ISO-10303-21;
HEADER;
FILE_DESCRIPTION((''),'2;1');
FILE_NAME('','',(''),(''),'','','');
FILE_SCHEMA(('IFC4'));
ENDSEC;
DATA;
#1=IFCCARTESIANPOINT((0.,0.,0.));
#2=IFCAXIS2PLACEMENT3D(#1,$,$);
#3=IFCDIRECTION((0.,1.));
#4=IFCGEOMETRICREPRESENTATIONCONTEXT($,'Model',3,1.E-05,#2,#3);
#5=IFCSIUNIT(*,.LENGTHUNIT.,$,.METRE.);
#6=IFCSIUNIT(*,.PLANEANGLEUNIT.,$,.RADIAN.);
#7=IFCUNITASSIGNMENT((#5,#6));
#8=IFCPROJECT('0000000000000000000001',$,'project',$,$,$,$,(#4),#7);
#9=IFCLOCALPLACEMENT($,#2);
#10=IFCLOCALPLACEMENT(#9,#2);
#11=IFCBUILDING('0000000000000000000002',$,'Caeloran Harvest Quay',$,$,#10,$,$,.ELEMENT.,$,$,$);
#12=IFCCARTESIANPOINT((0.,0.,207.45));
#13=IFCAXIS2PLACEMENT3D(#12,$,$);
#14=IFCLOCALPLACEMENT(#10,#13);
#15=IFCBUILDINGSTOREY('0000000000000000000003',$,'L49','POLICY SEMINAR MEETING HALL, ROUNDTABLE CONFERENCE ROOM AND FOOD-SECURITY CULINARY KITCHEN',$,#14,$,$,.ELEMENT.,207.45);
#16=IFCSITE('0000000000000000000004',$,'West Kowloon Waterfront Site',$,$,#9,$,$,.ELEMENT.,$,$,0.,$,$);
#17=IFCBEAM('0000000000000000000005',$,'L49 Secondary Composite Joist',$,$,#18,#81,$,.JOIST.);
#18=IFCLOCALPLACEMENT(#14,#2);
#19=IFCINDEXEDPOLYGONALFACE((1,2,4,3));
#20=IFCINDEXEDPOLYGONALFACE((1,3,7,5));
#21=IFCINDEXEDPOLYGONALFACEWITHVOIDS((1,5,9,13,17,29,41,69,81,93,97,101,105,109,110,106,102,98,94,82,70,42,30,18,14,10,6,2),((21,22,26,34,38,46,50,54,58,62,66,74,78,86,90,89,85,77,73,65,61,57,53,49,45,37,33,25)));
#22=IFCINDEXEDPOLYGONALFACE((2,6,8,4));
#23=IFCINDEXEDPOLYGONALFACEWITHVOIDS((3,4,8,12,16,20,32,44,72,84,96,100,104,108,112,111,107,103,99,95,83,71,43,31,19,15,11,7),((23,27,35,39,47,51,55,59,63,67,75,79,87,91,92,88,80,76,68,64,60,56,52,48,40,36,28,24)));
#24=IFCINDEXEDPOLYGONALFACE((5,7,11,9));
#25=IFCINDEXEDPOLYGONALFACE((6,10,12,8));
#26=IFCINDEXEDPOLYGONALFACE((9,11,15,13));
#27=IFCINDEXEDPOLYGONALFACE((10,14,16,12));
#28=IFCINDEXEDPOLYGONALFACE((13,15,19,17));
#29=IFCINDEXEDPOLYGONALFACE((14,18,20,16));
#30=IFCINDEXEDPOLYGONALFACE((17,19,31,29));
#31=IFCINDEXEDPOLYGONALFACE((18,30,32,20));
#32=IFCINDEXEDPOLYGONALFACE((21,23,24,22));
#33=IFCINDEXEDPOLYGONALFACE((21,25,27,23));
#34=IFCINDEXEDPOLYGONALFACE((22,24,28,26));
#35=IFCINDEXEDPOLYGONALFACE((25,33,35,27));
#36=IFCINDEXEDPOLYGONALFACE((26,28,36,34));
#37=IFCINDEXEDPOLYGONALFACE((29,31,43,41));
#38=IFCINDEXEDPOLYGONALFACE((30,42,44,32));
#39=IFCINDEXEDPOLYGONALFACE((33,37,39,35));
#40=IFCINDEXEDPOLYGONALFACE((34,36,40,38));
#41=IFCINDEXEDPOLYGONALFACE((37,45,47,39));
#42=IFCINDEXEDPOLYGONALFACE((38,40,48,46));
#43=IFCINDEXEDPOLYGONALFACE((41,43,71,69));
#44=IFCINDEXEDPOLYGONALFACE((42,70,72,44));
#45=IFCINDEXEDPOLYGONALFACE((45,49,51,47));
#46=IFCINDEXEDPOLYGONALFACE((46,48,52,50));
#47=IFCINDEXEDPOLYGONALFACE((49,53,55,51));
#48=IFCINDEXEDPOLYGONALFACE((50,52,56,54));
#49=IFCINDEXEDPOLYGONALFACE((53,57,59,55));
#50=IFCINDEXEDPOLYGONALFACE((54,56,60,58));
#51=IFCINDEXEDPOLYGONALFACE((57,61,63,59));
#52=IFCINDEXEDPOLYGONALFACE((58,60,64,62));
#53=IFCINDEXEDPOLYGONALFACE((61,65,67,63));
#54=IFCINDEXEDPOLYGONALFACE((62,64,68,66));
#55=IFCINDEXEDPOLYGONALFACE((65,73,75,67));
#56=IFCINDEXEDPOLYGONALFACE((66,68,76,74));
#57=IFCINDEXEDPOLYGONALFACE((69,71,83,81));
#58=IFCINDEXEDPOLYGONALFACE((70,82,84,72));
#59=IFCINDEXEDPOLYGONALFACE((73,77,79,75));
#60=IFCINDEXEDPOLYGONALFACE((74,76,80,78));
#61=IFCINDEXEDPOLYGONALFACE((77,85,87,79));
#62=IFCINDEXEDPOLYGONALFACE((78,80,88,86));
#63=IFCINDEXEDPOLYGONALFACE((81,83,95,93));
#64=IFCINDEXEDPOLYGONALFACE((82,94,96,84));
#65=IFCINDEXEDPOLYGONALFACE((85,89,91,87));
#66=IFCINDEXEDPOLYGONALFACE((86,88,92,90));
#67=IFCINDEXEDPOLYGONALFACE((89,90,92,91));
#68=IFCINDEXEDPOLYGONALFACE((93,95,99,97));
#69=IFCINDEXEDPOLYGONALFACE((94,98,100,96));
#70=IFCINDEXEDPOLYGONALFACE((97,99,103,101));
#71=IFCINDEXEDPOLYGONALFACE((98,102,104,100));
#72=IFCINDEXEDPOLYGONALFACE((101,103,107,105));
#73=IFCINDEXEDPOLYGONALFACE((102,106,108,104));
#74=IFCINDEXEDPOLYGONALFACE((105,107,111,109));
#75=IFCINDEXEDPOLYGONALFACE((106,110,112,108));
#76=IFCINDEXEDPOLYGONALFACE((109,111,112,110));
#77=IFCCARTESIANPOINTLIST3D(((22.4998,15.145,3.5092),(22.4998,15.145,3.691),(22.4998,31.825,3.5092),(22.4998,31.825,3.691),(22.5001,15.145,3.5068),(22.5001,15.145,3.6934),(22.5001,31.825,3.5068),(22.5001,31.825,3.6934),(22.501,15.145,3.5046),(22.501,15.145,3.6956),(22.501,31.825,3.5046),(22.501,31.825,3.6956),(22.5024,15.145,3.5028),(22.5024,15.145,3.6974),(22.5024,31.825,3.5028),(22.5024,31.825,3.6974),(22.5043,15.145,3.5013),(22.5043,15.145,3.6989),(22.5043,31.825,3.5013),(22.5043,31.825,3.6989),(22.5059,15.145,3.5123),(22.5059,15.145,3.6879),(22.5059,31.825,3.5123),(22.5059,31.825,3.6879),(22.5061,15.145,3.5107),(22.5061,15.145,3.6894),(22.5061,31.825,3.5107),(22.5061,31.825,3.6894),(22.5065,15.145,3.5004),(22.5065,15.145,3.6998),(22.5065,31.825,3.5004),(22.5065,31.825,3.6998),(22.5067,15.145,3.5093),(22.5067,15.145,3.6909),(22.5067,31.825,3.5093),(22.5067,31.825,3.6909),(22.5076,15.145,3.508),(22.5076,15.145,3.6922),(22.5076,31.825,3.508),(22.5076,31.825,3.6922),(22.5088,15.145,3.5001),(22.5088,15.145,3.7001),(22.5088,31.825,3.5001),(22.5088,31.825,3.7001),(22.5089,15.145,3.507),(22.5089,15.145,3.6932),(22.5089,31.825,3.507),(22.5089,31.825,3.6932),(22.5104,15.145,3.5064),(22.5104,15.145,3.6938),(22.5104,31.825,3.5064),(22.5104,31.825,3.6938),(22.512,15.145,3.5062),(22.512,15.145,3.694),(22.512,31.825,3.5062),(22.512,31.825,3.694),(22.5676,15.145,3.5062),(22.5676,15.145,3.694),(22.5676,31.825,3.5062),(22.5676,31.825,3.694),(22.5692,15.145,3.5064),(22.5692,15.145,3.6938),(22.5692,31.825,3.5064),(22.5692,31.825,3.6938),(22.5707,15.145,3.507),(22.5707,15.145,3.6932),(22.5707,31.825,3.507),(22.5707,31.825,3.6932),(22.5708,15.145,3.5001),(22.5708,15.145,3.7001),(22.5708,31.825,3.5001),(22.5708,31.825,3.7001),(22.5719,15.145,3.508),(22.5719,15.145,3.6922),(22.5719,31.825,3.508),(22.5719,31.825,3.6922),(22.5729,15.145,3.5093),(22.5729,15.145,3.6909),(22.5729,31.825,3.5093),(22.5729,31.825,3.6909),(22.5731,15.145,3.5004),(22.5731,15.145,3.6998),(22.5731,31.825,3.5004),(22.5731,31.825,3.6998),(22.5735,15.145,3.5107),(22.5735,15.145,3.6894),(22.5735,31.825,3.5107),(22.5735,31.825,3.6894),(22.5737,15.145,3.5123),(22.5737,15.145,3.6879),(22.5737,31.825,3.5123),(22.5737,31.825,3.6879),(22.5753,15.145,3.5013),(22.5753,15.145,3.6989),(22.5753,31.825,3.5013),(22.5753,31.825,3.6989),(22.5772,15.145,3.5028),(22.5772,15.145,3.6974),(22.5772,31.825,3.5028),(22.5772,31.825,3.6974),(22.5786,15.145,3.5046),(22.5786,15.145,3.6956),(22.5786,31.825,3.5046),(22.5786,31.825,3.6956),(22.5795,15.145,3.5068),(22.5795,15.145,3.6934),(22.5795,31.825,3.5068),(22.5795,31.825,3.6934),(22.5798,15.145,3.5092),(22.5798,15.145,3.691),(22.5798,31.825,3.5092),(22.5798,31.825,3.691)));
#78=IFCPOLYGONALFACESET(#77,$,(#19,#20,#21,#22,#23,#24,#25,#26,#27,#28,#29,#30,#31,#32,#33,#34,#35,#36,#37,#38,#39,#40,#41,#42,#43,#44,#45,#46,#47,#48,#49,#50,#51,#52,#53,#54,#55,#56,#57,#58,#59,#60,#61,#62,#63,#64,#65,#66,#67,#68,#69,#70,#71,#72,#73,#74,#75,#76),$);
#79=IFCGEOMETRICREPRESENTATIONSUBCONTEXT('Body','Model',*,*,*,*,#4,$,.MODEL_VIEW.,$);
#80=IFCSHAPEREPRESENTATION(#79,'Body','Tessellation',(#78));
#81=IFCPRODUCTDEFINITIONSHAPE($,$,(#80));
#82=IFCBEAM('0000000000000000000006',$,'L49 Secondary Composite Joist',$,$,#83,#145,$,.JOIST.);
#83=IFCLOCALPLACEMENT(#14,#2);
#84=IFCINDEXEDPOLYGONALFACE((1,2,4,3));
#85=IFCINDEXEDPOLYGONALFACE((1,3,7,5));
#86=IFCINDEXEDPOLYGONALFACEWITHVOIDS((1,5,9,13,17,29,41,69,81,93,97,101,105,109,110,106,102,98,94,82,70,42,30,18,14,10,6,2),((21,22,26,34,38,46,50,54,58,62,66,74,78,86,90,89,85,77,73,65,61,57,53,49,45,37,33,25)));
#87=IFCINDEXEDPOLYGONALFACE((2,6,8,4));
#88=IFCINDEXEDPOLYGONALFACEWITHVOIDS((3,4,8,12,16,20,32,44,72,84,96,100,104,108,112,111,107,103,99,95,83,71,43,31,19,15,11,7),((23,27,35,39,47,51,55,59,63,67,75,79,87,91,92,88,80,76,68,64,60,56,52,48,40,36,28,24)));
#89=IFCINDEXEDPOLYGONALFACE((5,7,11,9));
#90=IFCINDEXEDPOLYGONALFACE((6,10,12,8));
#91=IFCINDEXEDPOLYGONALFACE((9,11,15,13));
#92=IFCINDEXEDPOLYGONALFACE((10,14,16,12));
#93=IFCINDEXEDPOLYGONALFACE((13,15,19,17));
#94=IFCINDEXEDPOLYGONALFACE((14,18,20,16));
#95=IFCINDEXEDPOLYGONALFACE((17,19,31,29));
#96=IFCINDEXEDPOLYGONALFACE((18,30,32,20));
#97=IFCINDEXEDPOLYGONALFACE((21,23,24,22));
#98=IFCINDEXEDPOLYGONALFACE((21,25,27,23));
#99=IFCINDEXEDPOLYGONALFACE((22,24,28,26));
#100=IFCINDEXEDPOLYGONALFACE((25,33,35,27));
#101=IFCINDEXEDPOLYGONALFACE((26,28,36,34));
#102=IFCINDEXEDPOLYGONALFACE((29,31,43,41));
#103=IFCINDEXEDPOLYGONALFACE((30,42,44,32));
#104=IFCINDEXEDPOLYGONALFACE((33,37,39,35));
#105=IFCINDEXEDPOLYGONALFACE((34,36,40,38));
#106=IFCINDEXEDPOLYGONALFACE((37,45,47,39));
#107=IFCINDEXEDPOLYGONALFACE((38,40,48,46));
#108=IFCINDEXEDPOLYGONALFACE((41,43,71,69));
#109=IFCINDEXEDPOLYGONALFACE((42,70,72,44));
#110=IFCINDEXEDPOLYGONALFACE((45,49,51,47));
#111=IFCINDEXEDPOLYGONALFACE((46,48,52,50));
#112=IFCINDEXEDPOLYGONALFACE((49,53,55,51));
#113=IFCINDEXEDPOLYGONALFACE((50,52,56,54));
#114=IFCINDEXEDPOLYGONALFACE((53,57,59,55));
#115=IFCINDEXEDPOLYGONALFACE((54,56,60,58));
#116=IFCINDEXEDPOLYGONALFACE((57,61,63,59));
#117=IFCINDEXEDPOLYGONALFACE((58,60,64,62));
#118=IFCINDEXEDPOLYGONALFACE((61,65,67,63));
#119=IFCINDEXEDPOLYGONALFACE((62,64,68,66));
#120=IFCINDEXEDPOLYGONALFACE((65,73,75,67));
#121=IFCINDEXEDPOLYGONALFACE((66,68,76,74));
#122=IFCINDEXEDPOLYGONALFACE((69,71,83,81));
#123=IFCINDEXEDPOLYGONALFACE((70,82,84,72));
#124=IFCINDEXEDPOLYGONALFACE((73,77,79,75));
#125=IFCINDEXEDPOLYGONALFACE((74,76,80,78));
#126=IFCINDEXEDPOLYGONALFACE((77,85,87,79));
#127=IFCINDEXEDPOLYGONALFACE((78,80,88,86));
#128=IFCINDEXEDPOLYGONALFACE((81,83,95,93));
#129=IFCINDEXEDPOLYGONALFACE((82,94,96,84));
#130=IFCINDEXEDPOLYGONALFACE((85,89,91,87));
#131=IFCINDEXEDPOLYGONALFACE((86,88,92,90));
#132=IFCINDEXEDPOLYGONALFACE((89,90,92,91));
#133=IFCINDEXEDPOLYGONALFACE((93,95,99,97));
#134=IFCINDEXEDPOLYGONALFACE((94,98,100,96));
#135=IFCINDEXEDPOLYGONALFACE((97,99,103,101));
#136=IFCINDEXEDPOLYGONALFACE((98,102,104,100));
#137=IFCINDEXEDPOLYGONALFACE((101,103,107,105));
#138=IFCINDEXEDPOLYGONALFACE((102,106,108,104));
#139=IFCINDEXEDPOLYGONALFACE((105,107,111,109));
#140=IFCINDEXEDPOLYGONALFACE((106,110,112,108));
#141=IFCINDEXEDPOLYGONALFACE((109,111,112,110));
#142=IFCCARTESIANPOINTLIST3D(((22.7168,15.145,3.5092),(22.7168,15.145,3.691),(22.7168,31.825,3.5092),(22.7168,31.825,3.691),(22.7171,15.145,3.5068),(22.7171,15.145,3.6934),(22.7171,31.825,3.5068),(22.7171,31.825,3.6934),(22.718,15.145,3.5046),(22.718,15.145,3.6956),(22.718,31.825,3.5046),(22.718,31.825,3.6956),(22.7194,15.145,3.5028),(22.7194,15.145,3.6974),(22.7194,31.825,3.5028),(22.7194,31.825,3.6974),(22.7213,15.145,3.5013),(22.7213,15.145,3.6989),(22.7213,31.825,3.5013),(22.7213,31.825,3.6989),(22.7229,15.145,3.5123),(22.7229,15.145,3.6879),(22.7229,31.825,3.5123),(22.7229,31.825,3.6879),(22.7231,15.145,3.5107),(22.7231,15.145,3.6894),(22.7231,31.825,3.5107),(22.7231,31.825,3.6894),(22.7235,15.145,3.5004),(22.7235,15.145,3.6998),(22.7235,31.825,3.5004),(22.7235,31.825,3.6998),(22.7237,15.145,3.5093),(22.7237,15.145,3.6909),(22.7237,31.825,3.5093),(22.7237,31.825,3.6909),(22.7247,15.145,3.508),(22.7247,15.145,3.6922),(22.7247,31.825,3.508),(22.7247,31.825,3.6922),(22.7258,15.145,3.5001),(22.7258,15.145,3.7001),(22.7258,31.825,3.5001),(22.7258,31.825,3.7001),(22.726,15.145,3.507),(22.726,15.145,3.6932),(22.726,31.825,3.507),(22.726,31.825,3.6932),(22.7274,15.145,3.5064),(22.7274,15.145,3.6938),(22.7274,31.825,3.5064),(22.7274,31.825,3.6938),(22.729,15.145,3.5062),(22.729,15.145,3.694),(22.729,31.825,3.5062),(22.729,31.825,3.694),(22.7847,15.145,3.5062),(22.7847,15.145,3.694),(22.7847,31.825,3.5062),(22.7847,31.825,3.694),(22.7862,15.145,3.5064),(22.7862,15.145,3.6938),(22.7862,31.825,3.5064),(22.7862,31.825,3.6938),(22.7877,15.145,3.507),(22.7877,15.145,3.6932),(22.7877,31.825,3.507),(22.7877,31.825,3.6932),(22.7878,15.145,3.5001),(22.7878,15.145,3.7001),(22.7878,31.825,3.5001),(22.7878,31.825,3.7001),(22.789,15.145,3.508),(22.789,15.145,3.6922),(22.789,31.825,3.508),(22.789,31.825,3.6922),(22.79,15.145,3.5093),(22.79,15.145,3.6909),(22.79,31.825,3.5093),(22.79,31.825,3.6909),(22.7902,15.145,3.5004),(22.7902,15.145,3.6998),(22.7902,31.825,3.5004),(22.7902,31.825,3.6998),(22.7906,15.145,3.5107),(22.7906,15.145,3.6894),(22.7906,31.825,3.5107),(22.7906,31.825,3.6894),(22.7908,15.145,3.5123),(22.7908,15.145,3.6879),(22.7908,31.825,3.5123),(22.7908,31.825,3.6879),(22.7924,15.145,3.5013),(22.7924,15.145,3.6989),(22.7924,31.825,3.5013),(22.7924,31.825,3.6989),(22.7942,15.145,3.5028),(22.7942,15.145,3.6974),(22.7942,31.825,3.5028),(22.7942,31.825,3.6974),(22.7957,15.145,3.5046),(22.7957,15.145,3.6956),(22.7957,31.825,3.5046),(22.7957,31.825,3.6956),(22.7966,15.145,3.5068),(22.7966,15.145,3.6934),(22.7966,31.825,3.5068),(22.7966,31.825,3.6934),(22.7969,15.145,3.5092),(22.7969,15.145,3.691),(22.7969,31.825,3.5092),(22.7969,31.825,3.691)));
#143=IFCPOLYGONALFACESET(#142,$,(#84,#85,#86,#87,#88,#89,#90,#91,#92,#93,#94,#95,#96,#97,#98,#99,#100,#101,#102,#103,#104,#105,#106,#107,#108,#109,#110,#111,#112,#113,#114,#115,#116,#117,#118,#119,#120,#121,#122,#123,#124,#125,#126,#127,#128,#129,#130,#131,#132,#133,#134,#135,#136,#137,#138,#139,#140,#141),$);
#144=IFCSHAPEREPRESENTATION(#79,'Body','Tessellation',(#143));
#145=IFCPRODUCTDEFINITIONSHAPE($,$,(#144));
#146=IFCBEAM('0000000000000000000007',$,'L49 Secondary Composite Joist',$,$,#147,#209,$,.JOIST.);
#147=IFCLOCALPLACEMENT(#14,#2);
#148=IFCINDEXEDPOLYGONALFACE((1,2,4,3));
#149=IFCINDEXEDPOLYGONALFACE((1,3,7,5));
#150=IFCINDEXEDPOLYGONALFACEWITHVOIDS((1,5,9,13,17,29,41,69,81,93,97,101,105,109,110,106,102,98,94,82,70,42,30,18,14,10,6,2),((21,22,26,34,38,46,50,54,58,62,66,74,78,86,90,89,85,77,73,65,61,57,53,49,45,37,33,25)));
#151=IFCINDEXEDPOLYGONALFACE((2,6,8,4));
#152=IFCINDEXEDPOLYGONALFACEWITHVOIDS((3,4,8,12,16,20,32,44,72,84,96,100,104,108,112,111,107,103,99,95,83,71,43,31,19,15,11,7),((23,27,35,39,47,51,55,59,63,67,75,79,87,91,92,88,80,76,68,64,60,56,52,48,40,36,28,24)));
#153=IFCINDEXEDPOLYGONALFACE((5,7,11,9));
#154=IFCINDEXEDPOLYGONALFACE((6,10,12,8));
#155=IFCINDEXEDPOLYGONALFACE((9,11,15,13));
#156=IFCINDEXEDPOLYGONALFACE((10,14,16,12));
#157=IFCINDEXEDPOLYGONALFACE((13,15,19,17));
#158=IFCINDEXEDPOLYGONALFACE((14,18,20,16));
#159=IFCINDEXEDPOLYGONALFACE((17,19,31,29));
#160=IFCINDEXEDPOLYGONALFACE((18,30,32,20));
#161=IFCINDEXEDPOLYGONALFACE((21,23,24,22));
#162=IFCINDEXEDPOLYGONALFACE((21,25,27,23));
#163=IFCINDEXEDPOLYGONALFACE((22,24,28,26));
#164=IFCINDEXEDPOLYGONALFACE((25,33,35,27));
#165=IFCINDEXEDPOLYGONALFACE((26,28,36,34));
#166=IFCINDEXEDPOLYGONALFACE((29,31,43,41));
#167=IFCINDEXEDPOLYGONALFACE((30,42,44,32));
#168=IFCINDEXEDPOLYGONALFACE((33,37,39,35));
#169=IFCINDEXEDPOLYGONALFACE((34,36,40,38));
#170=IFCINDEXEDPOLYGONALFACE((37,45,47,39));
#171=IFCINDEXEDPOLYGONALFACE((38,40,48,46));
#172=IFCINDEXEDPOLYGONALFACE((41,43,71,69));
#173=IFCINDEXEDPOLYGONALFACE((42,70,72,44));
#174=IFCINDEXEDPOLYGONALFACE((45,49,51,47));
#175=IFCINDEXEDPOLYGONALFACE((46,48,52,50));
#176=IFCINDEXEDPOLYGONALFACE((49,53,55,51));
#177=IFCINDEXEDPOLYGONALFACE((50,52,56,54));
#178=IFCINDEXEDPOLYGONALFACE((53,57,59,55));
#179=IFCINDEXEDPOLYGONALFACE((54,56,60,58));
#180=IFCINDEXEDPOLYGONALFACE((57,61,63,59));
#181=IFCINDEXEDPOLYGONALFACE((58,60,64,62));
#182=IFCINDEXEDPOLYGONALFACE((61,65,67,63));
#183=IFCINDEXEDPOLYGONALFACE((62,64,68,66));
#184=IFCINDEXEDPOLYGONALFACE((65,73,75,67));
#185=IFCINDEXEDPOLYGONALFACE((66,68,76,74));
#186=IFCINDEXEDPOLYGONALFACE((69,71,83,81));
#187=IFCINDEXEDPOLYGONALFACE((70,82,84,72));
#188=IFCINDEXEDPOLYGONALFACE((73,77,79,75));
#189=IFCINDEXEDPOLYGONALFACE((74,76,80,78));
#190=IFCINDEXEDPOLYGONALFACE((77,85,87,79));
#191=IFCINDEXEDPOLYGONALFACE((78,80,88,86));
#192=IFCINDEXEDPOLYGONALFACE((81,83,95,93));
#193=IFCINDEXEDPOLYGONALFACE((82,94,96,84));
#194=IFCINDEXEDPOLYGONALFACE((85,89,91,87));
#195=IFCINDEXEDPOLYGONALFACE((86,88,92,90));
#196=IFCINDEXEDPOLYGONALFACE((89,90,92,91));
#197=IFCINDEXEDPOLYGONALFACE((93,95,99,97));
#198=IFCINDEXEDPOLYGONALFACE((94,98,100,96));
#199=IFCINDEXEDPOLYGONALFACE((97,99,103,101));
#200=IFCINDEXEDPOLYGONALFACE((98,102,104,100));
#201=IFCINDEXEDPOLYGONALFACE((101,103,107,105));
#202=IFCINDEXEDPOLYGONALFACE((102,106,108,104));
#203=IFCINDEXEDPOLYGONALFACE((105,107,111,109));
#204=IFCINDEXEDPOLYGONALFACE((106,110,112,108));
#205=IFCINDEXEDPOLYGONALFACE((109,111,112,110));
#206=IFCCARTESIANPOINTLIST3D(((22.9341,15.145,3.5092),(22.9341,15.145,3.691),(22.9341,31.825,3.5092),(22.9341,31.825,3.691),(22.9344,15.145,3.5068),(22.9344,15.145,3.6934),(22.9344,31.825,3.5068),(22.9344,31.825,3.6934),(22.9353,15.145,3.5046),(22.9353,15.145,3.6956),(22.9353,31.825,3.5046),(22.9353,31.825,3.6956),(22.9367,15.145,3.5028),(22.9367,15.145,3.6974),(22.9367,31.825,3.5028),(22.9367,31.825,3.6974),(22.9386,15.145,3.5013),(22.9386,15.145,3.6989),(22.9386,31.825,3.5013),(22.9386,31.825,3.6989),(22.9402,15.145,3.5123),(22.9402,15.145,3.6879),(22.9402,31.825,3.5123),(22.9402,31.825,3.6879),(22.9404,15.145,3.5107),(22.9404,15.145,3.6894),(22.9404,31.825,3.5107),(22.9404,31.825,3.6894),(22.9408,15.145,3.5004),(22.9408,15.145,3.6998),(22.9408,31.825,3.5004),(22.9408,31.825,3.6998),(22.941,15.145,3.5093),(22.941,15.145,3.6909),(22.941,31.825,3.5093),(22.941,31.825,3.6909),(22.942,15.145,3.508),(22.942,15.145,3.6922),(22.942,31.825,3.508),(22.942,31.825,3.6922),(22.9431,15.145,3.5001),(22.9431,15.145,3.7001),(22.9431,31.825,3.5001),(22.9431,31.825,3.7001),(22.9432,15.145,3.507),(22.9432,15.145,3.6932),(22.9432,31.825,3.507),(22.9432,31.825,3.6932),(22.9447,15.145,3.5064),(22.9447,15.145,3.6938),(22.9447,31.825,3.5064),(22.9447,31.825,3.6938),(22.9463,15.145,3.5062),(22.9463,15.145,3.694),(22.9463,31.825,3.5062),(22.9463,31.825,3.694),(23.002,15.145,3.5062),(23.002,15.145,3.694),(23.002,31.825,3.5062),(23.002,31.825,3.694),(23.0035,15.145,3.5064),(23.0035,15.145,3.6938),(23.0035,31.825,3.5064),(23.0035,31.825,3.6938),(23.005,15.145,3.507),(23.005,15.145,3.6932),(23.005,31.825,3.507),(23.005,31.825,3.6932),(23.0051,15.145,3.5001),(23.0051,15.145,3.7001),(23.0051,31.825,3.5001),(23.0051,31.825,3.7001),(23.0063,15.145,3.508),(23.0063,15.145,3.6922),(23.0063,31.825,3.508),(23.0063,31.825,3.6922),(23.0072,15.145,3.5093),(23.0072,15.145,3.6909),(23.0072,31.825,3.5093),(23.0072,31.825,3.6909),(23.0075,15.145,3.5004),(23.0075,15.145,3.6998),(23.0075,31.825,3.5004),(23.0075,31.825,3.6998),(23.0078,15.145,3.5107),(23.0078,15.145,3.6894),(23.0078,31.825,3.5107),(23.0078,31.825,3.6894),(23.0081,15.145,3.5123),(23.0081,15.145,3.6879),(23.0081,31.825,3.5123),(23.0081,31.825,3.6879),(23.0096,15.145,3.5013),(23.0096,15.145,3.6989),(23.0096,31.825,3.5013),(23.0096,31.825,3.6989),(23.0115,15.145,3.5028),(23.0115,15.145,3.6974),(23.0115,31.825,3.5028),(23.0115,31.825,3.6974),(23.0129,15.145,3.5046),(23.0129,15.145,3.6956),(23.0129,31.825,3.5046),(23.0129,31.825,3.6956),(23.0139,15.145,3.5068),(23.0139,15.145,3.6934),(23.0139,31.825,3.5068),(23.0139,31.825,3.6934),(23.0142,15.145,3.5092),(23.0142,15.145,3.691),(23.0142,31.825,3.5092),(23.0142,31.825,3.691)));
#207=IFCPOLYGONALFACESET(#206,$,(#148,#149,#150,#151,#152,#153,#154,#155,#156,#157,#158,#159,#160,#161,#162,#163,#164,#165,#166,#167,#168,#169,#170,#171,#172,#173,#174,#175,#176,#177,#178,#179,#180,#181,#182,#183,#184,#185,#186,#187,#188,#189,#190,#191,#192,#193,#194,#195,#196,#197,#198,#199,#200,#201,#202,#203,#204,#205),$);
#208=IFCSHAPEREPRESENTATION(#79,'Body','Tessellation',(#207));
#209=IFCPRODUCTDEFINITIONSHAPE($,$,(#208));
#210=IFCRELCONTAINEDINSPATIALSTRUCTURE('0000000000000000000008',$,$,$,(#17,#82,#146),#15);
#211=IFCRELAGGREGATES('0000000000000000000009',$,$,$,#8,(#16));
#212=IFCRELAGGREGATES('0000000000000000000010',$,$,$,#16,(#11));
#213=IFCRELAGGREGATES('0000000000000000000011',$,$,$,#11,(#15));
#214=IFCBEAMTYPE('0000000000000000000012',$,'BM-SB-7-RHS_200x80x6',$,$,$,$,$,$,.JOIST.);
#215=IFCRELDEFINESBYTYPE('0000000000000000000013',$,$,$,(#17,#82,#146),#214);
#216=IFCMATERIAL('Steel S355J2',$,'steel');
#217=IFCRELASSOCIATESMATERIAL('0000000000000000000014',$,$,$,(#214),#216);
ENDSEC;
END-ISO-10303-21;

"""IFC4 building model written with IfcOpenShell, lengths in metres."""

from ifc_helpers import new_model, si_unit, direction, frame, origin, origin_2d, place, context, subcontext, project, spatial, hollow_rectangle, extrude, material, material_profile, profile_set, type_object, element, save


model = new_model("IFC4")

# Units and contexts
model_context = context("Model", 3, precision=1e-05, world=origin(), true_north=direction((0.0, 1.0)))
body_context = subcontext(model_context, "Body", "Model", "MODEL_VIEW")
ifc_project = project(units=[si_unit("LENGTHUNIT", "METRE"), si_unit("PLANEANGLEUNIT", "RADIAN")], contexts=[model_context])

# Site, building, storey
site_placement = place(None, origin())
site = spatial("IfcSite", under=ifc_project, at=site_placement, Name="West Kowloon Waterfront Site", CompositionType="ELEMENT", RefElevation=0.0)
building_placement = place(site_placement, origin())
building = spatial("IfcBuilding", under=site, at=building_placement, Name="Caeloran Harvest Quay", CompositionType="ELEMENT")
storey_placement = place(building_placement, frame((0.0, 0.0, 207.45)))
storey = spatial("IfcBuildingStorey", under=building, at=storey_placement, Name="L49", Description="POLICY SEMINAR MEETING HALL, ROUNDTABLE CONFERENCE ROOM AND FOOD-SECURITY CULINARY KITCHEN", CompositionType="ELEMENT", Elevation=207.45)

# Beams
ifc_material_1 = material(Name="Steel S355J2", Category="steel")
ifc_material_profile_1 = material_profile(ifc_material_1, hollow_rectangle(XDim=0.0801, YDim=0.2, WallThickness=0.0061, InnerFilletRadius=0.0061, OuterFilletRadius=0.009, at=origin_2d()), Name="RHS 200x80x6")
ifc_profile_set_1 = profile_set([ifc_material_profile_1], Name="Steel S355J2")
beam_type_1 = type_object("IfcBeamType", Name="BM-SB-7-RHS_200x80x6", PredefinedType="JOIST", material=ifc_profile_set_1)
for number, where, z_axis, x_axis, name in (
    (1, (22.5398, 15.145, 3.6001), (0.0, 1.0, 0.0), (-1.0, 0.0, 0.0), "L49 Secondary Composite Joist"),
    (2, (22.7568, 15.145, 3.6001), (0.0, 1.0, 0.0), (-1.0, 0.0, 0.0), "L49 Secondary Composite Joist"),
    (3, (22.9741, 15.145, 3.6001), (0.0, 1.0, 0.0), (-1.0, 0.0, 0.0), "L49 Secondary Composite Joist"),
):
    element("IfcBeam", number, at=place(storey_placement, frame(where, z_axis=z_axis, x_axis=x_axis)), inside=storey, type_object=beam_type_1, Name=name, PredefinedType="JOIST", context=body_context, shape_type="SweptSolid", body=[
        extrude(hollow_rectangle(XDim=0.0801, YDim=0.2, WallThickness=0.0061, InnerFilletRadius=0.0061, OuterFilletRadius=0.009, at=origin_2d()), origin(), (0.0, 0.0, 1.0), 16.6799),
    ])

save(model, "model.ifc")
